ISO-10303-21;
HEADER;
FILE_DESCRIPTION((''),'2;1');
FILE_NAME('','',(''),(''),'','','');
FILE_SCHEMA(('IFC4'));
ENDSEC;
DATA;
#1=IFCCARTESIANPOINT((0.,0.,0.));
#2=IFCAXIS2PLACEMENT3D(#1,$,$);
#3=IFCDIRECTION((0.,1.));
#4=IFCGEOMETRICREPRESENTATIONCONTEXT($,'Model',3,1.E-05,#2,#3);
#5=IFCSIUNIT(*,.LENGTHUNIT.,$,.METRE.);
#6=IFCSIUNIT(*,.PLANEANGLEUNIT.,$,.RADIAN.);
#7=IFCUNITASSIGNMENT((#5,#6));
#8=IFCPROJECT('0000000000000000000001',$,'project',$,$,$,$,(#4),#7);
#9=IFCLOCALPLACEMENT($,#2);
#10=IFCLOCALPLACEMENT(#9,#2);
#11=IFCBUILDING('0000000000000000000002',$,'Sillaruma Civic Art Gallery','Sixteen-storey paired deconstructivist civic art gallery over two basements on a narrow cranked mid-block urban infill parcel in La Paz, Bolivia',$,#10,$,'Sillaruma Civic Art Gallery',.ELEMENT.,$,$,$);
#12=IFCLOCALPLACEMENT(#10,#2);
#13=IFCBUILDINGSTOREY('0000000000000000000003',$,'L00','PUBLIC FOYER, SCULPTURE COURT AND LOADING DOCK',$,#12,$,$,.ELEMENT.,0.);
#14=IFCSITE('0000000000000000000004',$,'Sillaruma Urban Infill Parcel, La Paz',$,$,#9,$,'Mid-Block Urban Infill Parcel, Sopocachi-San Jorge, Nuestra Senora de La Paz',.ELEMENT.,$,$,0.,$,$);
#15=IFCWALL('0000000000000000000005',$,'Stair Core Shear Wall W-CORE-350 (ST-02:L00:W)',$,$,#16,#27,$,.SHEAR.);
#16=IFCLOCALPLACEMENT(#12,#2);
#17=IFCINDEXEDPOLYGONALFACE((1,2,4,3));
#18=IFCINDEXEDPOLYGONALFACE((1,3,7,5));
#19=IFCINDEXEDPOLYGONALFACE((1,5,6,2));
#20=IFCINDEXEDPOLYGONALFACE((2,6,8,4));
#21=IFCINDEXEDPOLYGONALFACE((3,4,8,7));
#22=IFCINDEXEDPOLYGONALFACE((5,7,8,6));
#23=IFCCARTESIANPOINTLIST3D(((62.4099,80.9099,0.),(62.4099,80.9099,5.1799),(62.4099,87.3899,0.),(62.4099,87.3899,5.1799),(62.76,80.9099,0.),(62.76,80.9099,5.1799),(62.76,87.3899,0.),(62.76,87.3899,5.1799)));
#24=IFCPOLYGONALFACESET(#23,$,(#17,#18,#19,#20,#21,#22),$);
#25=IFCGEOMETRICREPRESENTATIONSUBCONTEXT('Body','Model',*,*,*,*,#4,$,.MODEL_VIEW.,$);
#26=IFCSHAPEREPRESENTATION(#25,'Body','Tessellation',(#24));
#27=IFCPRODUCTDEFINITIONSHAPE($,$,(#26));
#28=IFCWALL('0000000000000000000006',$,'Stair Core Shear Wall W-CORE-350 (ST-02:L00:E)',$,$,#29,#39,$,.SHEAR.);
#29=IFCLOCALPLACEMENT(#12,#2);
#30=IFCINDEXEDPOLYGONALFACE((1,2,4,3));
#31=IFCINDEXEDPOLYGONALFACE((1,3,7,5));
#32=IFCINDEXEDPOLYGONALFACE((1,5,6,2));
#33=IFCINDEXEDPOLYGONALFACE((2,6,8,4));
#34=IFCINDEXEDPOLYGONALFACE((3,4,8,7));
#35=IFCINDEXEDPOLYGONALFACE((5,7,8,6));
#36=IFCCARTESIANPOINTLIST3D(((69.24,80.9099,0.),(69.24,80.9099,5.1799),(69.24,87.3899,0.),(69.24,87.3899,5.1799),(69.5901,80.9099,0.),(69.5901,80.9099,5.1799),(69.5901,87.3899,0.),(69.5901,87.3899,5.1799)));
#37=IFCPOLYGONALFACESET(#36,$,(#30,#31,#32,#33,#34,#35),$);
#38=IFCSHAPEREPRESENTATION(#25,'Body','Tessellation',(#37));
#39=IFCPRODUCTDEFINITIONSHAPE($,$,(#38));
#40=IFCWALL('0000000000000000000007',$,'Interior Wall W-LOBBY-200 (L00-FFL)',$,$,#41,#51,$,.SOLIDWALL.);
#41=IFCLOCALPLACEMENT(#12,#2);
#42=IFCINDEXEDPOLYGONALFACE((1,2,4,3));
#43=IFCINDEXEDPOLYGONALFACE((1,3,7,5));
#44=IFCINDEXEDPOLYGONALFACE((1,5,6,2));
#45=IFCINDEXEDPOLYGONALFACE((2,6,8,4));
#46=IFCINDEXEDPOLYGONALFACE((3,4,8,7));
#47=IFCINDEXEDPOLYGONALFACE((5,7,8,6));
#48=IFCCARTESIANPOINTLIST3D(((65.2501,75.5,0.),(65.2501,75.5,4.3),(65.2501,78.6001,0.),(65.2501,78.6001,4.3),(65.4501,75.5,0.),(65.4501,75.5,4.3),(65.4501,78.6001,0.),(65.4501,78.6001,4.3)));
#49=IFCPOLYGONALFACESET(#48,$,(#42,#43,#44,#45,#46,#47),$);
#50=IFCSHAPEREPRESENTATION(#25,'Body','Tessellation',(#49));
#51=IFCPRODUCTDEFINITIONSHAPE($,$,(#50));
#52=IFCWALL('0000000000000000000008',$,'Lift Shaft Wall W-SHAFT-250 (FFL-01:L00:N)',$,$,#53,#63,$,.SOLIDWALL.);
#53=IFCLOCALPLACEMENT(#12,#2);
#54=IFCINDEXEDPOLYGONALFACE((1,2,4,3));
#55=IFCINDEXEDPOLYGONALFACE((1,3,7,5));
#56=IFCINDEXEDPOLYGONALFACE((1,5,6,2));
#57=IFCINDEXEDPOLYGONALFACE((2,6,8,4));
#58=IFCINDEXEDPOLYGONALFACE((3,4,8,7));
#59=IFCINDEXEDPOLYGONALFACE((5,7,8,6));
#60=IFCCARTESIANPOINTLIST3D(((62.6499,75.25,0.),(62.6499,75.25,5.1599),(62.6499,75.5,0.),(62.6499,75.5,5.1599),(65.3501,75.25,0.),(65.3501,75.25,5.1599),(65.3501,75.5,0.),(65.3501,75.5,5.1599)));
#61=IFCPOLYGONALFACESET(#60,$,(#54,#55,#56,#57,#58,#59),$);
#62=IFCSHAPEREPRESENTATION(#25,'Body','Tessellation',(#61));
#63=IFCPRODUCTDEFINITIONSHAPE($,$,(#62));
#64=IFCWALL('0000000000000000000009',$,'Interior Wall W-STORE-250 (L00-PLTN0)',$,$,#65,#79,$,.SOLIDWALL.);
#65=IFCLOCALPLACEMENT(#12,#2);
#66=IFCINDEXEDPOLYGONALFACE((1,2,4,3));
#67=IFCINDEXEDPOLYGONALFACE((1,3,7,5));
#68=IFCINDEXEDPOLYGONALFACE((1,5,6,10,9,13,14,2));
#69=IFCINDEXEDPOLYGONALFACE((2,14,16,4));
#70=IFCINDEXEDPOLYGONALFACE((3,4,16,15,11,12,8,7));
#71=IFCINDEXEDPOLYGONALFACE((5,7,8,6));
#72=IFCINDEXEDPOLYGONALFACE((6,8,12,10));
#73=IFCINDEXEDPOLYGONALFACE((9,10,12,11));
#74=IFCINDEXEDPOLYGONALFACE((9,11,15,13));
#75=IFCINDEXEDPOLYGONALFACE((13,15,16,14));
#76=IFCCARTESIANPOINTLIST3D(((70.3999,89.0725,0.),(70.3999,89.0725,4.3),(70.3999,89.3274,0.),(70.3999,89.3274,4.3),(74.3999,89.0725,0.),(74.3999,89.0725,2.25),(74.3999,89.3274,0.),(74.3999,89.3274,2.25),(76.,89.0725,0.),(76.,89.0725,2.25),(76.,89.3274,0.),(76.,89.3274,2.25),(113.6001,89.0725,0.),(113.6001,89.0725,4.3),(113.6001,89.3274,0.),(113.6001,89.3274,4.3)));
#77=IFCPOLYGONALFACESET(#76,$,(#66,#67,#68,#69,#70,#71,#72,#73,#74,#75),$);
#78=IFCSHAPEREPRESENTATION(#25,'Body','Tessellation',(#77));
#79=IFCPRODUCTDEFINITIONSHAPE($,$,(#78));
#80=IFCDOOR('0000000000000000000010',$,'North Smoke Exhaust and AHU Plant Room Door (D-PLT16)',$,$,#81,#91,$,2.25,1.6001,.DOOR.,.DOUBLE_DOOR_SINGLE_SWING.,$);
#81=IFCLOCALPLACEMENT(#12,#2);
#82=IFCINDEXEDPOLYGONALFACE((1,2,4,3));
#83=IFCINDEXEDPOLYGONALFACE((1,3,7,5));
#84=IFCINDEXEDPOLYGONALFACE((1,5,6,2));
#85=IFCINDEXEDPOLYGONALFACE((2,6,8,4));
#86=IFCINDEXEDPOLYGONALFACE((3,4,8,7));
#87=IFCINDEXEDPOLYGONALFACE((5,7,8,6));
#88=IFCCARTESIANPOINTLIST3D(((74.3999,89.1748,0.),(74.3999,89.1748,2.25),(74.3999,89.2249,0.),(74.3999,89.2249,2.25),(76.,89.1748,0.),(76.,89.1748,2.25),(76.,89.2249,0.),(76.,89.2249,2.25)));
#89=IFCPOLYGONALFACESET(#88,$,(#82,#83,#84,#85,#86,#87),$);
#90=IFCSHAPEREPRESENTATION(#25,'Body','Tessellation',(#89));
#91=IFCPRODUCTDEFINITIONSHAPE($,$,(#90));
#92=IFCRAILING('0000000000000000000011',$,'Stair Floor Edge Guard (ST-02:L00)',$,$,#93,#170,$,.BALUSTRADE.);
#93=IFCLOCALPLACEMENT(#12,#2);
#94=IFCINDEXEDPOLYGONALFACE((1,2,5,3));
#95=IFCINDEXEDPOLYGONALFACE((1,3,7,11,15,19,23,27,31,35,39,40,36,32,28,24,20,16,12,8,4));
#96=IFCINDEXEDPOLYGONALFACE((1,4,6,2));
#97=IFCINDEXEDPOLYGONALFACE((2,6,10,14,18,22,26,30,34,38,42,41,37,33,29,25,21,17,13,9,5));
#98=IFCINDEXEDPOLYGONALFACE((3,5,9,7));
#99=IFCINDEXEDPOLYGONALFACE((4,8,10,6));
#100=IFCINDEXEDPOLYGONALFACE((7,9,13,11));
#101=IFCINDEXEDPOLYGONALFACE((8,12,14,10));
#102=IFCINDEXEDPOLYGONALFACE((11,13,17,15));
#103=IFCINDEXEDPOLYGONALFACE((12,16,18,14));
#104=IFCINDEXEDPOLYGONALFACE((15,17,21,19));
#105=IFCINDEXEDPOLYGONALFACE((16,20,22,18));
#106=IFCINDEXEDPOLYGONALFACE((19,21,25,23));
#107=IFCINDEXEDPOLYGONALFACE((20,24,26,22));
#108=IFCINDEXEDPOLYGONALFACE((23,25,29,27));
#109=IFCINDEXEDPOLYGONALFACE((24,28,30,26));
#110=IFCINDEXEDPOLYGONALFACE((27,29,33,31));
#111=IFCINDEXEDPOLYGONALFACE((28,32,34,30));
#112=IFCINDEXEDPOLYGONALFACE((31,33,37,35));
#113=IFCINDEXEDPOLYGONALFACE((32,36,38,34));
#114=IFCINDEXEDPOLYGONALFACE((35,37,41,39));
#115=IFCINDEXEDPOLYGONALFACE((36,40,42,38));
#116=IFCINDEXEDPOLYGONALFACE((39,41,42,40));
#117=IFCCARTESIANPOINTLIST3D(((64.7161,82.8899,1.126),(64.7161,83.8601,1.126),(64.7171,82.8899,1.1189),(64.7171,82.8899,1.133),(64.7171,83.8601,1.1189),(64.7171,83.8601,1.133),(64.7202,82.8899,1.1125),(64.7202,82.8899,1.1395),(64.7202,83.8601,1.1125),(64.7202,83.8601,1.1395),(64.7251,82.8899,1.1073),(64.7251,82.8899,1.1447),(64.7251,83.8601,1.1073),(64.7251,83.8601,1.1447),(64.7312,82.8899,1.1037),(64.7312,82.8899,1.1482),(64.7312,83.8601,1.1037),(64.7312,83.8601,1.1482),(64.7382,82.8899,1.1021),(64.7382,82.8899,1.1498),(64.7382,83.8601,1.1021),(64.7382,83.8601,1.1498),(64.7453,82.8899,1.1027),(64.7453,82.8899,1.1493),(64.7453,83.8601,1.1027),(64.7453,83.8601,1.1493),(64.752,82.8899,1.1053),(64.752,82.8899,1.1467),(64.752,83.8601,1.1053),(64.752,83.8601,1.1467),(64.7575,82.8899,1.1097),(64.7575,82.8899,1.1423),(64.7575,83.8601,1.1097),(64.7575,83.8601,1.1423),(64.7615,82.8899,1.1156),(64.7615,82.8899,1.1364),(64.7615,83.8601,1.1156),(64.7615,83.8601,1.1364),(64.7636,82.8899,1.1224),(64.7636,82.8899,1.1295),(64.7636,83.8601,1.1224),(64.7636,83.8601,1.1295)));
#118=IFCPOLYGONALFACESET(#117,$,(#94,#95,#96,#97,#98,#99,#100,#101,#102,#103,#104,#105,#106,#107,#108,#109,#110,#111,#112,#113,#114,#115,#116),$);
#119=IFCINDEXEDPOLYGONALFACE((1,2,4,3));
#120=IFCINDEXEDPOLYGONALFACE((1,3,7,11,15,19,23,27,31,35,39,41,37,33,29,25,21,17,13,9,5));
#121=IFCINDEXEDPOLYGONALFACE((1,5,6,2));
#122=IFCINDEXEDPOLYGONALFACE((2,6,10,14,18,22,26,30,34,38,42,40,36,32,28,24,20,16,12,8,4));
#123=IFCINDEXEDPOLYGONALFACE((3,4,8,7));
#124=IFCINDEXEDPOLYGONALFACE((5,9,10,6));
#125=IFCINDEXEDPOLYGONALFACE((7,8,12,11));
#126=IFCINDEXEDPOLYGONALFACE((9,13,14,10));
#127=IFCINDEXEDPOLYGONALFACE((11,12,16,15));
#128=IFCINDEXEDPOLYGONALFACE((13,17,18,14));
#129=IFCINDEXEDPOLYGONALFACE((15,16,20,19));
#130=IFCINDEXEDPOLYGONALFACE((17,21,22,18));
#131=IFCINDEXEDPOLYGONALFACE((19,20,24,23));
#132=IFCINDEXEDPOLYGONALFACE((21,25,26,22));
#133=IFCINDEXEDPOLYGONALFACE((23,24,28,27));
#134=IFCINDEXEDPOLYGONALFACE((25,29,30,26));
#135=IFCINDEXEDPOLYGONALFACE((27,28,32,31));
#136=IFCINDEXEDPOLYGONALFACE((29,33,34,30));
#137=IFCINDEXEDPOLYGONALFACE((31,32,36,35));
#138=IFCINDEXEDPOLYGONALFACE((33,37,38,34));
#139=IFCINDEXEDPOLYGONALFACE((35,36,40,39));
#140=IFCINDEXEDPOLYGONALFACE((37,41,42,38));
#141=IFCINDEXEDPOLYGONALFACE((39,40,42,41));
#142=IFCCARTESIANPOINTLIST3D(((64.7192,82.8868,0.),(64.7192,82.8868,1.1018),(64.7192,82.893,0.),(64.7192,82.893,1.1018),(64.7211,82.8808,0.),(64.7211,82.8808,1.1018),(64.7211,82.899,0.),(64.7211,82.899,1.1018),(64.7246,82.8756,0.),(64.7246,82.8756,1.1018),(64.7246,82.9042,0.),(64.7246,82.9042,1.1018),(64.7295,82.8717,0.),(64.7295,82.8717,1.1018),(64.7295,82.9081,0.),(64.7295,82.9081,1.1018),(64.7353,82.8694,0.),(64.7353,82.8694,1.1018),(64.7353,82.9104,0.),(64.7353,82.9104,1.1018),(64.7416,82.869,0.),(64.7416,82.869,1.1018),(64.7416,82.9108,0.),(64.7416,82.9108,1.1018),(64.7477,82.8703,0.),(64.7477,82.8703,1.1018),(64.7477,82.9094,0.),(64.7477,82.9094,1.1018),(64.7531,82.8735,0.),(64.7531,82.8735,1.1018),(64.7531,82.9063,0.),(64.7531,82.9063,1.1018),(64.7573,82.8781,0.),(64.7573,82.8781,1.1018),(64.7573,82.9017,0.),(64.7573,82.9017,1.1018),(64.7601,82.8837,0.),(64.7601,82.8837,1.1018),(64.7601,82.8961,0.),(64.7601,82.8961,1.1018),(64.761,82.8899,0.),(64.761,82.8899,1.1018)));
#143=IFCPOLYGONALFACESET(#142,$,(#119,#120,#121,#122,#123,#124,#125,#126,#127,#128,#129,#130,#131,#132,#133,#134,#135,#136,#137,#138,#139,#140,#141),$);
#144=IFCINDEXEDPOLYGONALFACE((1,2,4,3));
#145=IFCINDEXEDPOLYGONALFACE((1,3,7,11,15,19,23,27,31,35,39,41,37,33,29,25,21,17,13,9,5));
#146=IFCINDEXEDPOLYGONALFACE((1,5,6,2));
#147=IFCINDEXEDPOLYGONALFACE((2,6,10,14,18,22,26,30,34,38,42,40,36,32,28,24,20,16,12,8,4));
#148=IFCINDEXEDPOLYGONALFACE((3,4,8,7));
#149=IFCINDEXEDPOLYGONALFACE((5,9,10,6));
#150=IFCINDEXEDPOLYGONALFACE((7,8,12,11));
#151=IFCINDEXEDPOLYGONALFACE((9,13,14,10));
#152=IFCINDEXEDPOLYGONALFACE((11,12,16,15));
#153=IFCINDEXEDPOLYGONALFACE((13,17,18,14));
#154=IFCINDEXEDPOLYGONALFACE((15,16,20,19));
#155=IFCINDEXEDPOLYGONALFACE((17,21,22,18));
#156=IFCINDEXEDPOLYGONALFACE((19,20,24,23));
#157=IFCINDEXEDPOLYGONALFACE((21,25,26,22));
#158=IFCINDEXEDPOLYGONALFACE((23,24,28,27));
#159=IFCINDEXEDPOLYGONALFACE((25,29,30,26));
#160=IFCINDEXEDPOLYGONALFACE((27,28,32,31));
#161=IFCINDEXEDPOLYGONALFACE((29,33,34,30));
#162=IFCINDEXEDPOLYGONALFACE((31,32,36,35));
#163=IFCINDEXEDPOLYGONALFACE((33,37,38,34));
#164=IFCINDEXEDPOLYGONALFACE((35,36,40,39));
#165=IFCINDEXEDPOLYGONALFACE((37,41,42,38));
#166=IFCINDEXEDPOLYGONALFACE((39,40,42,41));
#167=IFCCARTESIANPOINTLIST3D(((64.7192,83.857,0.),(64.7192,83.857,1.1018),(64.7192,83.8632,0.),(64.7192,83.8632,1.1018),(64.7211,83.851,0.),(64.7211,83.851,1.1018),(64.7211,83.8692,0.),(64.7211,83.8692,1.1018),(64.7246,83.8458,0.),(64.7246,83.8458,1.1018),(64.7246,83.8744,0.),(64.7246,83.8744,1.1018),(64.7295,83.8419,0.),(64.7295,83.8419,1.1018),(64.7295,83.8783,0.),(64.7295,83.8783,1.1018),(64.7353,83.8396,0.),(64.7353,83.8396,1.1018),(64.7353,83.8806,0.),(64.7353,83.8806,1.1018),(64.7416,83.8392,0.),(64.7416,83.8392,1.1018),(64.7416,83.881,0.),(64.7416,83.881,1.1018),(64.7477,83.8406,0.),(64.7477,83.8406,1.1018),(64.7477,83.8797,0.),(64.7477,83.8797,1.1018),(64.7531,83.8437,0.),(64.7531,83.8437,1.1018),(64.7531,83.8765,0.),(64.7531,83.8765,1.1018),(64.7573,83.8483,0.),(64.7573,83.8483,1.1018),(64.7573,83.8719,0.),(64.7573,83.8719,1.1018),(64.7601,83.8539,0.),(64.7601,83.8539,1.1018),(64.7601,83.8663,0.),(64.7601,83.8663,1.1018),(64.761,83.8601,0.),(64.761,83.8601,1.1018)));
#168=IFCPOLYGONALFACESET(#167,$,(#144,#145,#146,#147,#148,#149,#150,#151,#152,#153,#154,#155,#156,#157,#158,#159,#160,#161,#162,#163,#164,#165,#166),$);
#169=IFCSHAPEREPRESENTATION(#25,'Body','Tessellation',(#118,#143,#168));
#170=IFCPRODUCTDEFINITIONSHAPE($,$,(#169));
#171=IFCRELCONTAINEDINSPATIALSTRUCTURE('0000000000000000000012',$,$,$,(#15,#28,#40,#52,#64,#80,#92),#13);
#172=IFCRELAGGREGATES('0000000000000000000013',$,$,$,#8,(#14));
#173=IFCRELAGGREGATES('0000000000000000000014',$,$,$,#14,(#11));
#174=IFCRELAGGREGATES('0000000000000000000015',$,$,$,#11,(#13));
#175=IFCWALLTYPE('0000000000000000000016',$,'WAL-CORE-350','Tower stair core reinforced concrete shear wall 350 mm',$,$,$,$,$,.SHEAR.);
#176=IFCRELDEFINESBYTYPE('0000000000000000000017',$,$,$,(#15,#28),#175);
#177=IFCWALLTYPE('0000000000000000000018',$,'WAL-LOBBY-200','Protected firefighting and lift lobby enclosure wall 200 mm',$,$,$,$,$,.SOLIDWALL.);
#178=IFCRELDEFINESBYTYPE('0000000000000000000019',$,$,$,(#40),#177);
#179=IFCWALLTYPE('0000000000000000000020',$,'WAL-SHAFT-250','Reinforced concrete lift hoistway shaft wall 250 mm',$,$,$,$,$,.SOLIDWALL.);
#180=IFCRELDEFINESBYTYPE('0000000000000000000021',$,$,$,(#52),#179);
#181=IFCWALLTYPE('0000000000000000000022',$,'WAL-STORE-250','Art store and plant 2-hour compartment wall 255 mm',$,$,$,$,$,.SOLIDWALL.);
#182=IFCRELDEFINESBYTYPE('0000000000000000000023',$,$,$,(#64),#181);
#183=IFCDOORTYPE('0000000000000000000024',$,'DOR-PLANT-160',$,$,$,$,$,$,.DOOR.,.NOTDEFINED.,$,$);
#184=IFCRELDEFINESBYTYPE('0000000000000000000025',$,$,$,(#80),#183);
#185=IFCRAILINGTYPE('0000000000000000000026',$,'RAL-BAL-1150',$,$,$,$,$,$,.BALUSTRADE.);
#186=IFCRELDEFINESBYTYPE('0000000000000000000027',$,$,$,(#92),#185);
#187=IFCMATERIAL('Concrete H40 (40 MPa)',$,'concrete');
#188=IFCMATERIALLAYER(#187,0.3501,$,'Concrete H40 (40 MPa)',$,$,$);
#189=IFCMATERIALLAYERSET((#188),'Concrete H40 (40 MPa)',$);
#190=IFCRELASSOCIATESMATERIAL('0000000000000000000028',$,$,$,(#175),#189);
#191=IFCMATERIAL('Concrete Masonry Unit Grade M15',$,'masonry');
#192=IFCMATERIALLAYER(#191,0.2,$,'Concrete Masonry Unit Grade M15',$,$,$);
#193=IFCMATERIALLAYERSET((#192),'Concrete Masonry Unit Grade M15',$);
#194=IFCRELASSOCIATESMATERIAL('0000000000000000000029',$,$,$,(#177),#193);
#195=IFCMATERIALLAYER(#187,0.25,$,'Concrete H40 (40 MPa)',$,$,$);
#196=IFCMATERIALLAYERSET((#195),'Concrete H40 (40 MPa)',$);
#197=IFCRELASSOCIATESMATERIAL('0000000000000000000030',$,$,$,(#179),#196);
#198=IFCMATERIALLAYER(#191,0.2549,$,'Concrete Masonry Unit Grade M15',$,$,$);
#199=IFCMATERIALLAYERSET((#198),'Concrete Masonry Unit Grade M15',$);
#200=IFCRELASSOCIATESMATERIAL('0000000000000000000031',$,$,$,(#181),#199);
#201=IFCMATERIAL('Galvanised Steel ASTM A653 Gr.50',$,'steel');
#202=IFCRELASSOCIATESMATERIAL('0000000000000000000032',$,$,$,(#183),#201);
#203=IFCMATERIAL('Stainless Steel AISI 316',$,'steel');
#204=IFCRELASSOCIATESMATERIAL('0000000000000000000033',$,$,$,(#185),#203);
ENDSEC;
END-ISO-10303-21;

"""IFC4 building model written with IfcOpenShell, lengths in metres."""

from ifc_helpers import new_model, si_unit, direction, frame, frame_2d, origin, origin_2d, place, context, subcontext, project, spatial, rectangle, circle, extrude, material, layer, layer_set, type_object, element, fill, save


model = new_model("IFC4")

# Units and contexts
model_context = context("Model", 3, precision=1e-05, world=origin(), true_north=direction((0.0, 1.0)))
body_context = subcontext(model_context, "Body", "Model", "MODEL_VIEW")
ifc_project = project(units=[si_unit("LENGTHUNIT", "METRE"), si_unit("PLANEANGLEUNIT", "RADIAN")], contexts=[model_context])

# Site, building, storey
site_placement = place(None, origin())
site = spatial("IfcSite", under=ifc_project, at=site_placement, Name="Sillaruma Urban Infill Parcel, La Paz", LongName="Mid-Block Urban Infill Parcel, Sopocachi-San Jorge, Nuestra Senora de La Paz", CompositionType="ELEMENT", RefElevation=0.0)
building_placement = place(site_placement, origin())
building = spatial("IfcBuilding", under=site, at=building_placement, Name="Sillaruma Civic Art Gallery", Description="Sixteen-storey paired deconstructivist civic art gallery over two basements on a narrow cranked mid-block urban infill parcel in La Paz, Bolivia", LongName="Sillaruma Civic Art Gallery", CompositionType="ELEMENT")
storey_placement = place(building_placement, origin())
storey = spatial("IfcBuildingStorey", under=building, at=storey_placement, Name="L00", Description="PUBLIC FOYER, SCULPTURE COURT AND LOADING DOCK", CompositionType="ELEMENT", Elevation=0.0)

# Shared definitions
ifc_material_1 = material(Name="Concrete H40 (40 MPa)", Category="concrete")

# Walls
ifc_layer_1 = layer(ifc_material_1, 0.3501, Name="Concrete H40 (40 MPa)")
ifc_layer_set_1 = layer_set([ifc_layer_1], Name="Concrete H40 (40 MPa)")
wall_type_1 = type_object("IfcWallType", Name="WAL-CORE-350", Description="Tower stair core reinforced concrete shear wall 350 mm", PredefinedType="SHEAR", material=ifc_layer_set_1)
for number, where, z_axis, x_axis, name in (
    (1, (62.585, 80.9099, 0.0), (0.0, 0.0, 1.0), (0.0, 1.0, 0.0), "Stair Core Shear Wall W-CORE-350 (ST-02:L00:W)"),
    (2, (69.415, 80.9099, 0.0), (0.0, 0.0, 1.0), (0.0, 1.0, 0.0), "Stair Core Shear Wall W-CORE-350 (ST-02:L00:E)"),
):
    element("IfcWall", number, at=place(storey_placement, frame(where, z_axis=z_axis, x_axis=x_axis)), inside=storey, type_object=wall_type_1, Name=name, PredefinedType="SHEAR", context=body_context, shape_type="SweptSolid", body=[
        extrude(rectangle(XDim=6.48, YDim=0.3501, at=frame_2d((3.24, 0.0))), origin(), (0.0, 0.0, 1.0), 5.1799),
    ])
ifc_material_2 = material(Name="Concrete Masonry Unit Grade M15", Category="masonry")
ifc_layer_2 = layer(ifc_material_2, 0.2, Name="Concrete Masonry Unit Grade M15")
ifc_layer_set_2 = layer_set([ifc_layer_2], Name="Concrete Masonry Unit Grade M15")
wall_type_2 = type_object("IfcWallType", Name="WAL-LOBBY-200", Description="Protected firefighting and lift lobby enclosure wall 200 mm", PredefinedType="SOLIDWALL", material=ifc_layer_set_2)
wall_1_placement = place(storey_placement, frame((65.3501, 75.5, 0.0), z_axis=(0.0, 0.0, 1.0), x_axis=(0.0, 1.0, 0.0)))
element("IfcWall", 3, at=wall_1_placement, inside=storey, type_object=wall_type_2, Name="Interior Wall W-LOBBY-200 (L00-FFL)", PredefinedType="SOLIDWALL", context=body_context, shape_type="SweptSolid", body=[
    extrude(rectangle(XDim=3.1001, YDim=0.2, at=frame_2d((1.55, 0.0))), origin(), (0.0, 0.0, 1.0), 4.3),
])
ifc_layer_3 = layer(ifc_material_1, 0.25, Name="Concrete H40 (40 MPa)")
ifc_layer_set_3 = layer_set([ifc_layer_3], Name="Concrete H40 (40 MPa)")
wall_type_3 = type_object("IfcWallType", Name="WAL-SHAFT-250", Description="Reinforced concrete lift hoistway shaft wall 250 mm", PredefinedType="SOLIDWALL", material=ifc_layer_set_3)
wall_2_placement = place(storey_placement, frame((62.6499, 75.375, 0.0), z_axis=(0.0, 0.0, 1.0), x_axis=(1.0, 0.0, 0.0)))
element("IfcWall", 4, at=wall_2_placement, inside=storey, type_object=wall_type_3, Name="Lift Shaft Wall W-SHAFT-250 (FFL-01:L00:N)", PredefinedType="SOLIDWALL", context=body_context, shape_type="SweptSolid", body=[
    extrude(rectangle(XDim=2.7002, YDim=0.25, at=frame_2d((1.3501, 0.0))), origin(), (0.0, 0.0, 1.0), 5.1599),
])

# Wall, opening, door
ifc_layer_4 = layer(ifc_material_2, 0.2549, Name="Concrete Masonry Unit Grade M15")
ifc_layer_set_4 = layer_set([ifc_layer_4], Name="Concrete Masonry Unit Grade M15")
wall_type_4 = type_object("IfcWallType", Name="WAL-STORE-250", Description="Art store and plant 2-hour compartment wall 255 mm", PredefinedType="SOLIDWALL", material=ifc_layer_set_4)
wall_3_placement = place(storey_placement, frame((70.3999, 89.2, 0.0), z_axis=(0.0, 0.0, 1.0), x_axis=(1.0, 0.0, 0.0)))
wall_3 = element("IfcWall", 5, at=wall_3_placement, inside=storey, type_object=wall_type_4, Name="Interior Wall W-STORE-250 (L00-PLTN0)", PredefinedType="SOLIDWALL", context=body_context, shape_type="SweptSolid", body=[
    extrude(rectangle(XDim=43.2002, YDim=0.2549, at=frame_2d((21.6001, 0.0))), origin(), (0.0, 0.0, 1.0), 4.3),
])
opening_placement = place(wall_3_placement, frame((4.0, 0.0, 0.0)))
opening = element("IfcOpeningElement", 6, at=opening_placement, cuts=wall_3, PredefinedType="OPENING", context=body_context, shape_type="SweptSolid", body=[
    extrude(rectangle(XDim=1.6001, YDim=2.25, at=frame_2d((0.8, 1.125))), frame((0.0, 0.1375, 0.0), z_axis=(0.0, -1.0, 0.0), x_axis=(1.0, 0.0, 0.0)), (0.0, 0.0, 1.0), 0.2749),
])
ifc_material_3 = material(Name="Galvanised Steel ASTM A653 Gr.50", Category="steel")
door_type = type_object("IfcDoorType", Name="DOR-PLANT-160", OperationType="NOTDEFINED", PredefinedType="DOOR", material=ifc_material_3)
door_placement = place(opening_placement, origin())
door = element("IfcDoor", 7, at=door_placement, inside=storey, type_object=door_type, Name="North Smoke Exhaust and AHU Plant Room Door (D-PLT16)", OperationType="DOUBLE_DOOR_SINGLE_SWING", OverallHeight=2.25, OverallWidth=1.6001, PredefinedType="DOOR", context=body_context, shape_type="SweptSolid", body=[
    extrude(rectangle(XDim=1.6001, YDim=2.25, at=frame_2d((0.8, 1.125))), frame((0.0, 0.0249, 0.0), z_axis=(0.0, -1.0, 0.0), x_axis=(1.0, 0.0, 0.0)), (0.0, 0.0, 1.0), 0.05),
])
fill(opening, door)

# Railing
ifc_material_4 = material(Name="Stainless Steel AISI 316", Category="steel")
railing_type_1 = type_object("IfcRailingType", Name="RAL-BAL-1150", PredefinedType="BALUSTRADE", material=ifc_material_4)
railing_1_placement = place(storey_placement, frame((64.74, 82.8899, 0.0)))
element("IfcRailing", 8, at=railing_1_placement, inside=storey, type_object=railing_type_1, Name="Stair Floor Edge Guard (ST-02:L00)", PredefinedType="BALUSTRADE", context=body_context, shape_type="SweptSolid", body=[
    extrude(circle(Radius=0.0239, at=origin_2d()), frame((0.0, 0.0, 1.126), z_axis=(0.0, 1.0, 0.0), x_axis=(-1.0, 0.0, 0.0)), (0.0, 0.0, 1.0), 0.9702),
    extrude(circle(Radius=0.021, at=origin_2d()), origin(), (0.0, 0.0, 1.0), 1.1018),
    extrude(circle(Radius=0.021, at=origin_2d()), frame((0.0, 0.9702, 0.0)), (0.0, 0.0, 1.0), 1.1018),
])

save(model, "model.ifc")
